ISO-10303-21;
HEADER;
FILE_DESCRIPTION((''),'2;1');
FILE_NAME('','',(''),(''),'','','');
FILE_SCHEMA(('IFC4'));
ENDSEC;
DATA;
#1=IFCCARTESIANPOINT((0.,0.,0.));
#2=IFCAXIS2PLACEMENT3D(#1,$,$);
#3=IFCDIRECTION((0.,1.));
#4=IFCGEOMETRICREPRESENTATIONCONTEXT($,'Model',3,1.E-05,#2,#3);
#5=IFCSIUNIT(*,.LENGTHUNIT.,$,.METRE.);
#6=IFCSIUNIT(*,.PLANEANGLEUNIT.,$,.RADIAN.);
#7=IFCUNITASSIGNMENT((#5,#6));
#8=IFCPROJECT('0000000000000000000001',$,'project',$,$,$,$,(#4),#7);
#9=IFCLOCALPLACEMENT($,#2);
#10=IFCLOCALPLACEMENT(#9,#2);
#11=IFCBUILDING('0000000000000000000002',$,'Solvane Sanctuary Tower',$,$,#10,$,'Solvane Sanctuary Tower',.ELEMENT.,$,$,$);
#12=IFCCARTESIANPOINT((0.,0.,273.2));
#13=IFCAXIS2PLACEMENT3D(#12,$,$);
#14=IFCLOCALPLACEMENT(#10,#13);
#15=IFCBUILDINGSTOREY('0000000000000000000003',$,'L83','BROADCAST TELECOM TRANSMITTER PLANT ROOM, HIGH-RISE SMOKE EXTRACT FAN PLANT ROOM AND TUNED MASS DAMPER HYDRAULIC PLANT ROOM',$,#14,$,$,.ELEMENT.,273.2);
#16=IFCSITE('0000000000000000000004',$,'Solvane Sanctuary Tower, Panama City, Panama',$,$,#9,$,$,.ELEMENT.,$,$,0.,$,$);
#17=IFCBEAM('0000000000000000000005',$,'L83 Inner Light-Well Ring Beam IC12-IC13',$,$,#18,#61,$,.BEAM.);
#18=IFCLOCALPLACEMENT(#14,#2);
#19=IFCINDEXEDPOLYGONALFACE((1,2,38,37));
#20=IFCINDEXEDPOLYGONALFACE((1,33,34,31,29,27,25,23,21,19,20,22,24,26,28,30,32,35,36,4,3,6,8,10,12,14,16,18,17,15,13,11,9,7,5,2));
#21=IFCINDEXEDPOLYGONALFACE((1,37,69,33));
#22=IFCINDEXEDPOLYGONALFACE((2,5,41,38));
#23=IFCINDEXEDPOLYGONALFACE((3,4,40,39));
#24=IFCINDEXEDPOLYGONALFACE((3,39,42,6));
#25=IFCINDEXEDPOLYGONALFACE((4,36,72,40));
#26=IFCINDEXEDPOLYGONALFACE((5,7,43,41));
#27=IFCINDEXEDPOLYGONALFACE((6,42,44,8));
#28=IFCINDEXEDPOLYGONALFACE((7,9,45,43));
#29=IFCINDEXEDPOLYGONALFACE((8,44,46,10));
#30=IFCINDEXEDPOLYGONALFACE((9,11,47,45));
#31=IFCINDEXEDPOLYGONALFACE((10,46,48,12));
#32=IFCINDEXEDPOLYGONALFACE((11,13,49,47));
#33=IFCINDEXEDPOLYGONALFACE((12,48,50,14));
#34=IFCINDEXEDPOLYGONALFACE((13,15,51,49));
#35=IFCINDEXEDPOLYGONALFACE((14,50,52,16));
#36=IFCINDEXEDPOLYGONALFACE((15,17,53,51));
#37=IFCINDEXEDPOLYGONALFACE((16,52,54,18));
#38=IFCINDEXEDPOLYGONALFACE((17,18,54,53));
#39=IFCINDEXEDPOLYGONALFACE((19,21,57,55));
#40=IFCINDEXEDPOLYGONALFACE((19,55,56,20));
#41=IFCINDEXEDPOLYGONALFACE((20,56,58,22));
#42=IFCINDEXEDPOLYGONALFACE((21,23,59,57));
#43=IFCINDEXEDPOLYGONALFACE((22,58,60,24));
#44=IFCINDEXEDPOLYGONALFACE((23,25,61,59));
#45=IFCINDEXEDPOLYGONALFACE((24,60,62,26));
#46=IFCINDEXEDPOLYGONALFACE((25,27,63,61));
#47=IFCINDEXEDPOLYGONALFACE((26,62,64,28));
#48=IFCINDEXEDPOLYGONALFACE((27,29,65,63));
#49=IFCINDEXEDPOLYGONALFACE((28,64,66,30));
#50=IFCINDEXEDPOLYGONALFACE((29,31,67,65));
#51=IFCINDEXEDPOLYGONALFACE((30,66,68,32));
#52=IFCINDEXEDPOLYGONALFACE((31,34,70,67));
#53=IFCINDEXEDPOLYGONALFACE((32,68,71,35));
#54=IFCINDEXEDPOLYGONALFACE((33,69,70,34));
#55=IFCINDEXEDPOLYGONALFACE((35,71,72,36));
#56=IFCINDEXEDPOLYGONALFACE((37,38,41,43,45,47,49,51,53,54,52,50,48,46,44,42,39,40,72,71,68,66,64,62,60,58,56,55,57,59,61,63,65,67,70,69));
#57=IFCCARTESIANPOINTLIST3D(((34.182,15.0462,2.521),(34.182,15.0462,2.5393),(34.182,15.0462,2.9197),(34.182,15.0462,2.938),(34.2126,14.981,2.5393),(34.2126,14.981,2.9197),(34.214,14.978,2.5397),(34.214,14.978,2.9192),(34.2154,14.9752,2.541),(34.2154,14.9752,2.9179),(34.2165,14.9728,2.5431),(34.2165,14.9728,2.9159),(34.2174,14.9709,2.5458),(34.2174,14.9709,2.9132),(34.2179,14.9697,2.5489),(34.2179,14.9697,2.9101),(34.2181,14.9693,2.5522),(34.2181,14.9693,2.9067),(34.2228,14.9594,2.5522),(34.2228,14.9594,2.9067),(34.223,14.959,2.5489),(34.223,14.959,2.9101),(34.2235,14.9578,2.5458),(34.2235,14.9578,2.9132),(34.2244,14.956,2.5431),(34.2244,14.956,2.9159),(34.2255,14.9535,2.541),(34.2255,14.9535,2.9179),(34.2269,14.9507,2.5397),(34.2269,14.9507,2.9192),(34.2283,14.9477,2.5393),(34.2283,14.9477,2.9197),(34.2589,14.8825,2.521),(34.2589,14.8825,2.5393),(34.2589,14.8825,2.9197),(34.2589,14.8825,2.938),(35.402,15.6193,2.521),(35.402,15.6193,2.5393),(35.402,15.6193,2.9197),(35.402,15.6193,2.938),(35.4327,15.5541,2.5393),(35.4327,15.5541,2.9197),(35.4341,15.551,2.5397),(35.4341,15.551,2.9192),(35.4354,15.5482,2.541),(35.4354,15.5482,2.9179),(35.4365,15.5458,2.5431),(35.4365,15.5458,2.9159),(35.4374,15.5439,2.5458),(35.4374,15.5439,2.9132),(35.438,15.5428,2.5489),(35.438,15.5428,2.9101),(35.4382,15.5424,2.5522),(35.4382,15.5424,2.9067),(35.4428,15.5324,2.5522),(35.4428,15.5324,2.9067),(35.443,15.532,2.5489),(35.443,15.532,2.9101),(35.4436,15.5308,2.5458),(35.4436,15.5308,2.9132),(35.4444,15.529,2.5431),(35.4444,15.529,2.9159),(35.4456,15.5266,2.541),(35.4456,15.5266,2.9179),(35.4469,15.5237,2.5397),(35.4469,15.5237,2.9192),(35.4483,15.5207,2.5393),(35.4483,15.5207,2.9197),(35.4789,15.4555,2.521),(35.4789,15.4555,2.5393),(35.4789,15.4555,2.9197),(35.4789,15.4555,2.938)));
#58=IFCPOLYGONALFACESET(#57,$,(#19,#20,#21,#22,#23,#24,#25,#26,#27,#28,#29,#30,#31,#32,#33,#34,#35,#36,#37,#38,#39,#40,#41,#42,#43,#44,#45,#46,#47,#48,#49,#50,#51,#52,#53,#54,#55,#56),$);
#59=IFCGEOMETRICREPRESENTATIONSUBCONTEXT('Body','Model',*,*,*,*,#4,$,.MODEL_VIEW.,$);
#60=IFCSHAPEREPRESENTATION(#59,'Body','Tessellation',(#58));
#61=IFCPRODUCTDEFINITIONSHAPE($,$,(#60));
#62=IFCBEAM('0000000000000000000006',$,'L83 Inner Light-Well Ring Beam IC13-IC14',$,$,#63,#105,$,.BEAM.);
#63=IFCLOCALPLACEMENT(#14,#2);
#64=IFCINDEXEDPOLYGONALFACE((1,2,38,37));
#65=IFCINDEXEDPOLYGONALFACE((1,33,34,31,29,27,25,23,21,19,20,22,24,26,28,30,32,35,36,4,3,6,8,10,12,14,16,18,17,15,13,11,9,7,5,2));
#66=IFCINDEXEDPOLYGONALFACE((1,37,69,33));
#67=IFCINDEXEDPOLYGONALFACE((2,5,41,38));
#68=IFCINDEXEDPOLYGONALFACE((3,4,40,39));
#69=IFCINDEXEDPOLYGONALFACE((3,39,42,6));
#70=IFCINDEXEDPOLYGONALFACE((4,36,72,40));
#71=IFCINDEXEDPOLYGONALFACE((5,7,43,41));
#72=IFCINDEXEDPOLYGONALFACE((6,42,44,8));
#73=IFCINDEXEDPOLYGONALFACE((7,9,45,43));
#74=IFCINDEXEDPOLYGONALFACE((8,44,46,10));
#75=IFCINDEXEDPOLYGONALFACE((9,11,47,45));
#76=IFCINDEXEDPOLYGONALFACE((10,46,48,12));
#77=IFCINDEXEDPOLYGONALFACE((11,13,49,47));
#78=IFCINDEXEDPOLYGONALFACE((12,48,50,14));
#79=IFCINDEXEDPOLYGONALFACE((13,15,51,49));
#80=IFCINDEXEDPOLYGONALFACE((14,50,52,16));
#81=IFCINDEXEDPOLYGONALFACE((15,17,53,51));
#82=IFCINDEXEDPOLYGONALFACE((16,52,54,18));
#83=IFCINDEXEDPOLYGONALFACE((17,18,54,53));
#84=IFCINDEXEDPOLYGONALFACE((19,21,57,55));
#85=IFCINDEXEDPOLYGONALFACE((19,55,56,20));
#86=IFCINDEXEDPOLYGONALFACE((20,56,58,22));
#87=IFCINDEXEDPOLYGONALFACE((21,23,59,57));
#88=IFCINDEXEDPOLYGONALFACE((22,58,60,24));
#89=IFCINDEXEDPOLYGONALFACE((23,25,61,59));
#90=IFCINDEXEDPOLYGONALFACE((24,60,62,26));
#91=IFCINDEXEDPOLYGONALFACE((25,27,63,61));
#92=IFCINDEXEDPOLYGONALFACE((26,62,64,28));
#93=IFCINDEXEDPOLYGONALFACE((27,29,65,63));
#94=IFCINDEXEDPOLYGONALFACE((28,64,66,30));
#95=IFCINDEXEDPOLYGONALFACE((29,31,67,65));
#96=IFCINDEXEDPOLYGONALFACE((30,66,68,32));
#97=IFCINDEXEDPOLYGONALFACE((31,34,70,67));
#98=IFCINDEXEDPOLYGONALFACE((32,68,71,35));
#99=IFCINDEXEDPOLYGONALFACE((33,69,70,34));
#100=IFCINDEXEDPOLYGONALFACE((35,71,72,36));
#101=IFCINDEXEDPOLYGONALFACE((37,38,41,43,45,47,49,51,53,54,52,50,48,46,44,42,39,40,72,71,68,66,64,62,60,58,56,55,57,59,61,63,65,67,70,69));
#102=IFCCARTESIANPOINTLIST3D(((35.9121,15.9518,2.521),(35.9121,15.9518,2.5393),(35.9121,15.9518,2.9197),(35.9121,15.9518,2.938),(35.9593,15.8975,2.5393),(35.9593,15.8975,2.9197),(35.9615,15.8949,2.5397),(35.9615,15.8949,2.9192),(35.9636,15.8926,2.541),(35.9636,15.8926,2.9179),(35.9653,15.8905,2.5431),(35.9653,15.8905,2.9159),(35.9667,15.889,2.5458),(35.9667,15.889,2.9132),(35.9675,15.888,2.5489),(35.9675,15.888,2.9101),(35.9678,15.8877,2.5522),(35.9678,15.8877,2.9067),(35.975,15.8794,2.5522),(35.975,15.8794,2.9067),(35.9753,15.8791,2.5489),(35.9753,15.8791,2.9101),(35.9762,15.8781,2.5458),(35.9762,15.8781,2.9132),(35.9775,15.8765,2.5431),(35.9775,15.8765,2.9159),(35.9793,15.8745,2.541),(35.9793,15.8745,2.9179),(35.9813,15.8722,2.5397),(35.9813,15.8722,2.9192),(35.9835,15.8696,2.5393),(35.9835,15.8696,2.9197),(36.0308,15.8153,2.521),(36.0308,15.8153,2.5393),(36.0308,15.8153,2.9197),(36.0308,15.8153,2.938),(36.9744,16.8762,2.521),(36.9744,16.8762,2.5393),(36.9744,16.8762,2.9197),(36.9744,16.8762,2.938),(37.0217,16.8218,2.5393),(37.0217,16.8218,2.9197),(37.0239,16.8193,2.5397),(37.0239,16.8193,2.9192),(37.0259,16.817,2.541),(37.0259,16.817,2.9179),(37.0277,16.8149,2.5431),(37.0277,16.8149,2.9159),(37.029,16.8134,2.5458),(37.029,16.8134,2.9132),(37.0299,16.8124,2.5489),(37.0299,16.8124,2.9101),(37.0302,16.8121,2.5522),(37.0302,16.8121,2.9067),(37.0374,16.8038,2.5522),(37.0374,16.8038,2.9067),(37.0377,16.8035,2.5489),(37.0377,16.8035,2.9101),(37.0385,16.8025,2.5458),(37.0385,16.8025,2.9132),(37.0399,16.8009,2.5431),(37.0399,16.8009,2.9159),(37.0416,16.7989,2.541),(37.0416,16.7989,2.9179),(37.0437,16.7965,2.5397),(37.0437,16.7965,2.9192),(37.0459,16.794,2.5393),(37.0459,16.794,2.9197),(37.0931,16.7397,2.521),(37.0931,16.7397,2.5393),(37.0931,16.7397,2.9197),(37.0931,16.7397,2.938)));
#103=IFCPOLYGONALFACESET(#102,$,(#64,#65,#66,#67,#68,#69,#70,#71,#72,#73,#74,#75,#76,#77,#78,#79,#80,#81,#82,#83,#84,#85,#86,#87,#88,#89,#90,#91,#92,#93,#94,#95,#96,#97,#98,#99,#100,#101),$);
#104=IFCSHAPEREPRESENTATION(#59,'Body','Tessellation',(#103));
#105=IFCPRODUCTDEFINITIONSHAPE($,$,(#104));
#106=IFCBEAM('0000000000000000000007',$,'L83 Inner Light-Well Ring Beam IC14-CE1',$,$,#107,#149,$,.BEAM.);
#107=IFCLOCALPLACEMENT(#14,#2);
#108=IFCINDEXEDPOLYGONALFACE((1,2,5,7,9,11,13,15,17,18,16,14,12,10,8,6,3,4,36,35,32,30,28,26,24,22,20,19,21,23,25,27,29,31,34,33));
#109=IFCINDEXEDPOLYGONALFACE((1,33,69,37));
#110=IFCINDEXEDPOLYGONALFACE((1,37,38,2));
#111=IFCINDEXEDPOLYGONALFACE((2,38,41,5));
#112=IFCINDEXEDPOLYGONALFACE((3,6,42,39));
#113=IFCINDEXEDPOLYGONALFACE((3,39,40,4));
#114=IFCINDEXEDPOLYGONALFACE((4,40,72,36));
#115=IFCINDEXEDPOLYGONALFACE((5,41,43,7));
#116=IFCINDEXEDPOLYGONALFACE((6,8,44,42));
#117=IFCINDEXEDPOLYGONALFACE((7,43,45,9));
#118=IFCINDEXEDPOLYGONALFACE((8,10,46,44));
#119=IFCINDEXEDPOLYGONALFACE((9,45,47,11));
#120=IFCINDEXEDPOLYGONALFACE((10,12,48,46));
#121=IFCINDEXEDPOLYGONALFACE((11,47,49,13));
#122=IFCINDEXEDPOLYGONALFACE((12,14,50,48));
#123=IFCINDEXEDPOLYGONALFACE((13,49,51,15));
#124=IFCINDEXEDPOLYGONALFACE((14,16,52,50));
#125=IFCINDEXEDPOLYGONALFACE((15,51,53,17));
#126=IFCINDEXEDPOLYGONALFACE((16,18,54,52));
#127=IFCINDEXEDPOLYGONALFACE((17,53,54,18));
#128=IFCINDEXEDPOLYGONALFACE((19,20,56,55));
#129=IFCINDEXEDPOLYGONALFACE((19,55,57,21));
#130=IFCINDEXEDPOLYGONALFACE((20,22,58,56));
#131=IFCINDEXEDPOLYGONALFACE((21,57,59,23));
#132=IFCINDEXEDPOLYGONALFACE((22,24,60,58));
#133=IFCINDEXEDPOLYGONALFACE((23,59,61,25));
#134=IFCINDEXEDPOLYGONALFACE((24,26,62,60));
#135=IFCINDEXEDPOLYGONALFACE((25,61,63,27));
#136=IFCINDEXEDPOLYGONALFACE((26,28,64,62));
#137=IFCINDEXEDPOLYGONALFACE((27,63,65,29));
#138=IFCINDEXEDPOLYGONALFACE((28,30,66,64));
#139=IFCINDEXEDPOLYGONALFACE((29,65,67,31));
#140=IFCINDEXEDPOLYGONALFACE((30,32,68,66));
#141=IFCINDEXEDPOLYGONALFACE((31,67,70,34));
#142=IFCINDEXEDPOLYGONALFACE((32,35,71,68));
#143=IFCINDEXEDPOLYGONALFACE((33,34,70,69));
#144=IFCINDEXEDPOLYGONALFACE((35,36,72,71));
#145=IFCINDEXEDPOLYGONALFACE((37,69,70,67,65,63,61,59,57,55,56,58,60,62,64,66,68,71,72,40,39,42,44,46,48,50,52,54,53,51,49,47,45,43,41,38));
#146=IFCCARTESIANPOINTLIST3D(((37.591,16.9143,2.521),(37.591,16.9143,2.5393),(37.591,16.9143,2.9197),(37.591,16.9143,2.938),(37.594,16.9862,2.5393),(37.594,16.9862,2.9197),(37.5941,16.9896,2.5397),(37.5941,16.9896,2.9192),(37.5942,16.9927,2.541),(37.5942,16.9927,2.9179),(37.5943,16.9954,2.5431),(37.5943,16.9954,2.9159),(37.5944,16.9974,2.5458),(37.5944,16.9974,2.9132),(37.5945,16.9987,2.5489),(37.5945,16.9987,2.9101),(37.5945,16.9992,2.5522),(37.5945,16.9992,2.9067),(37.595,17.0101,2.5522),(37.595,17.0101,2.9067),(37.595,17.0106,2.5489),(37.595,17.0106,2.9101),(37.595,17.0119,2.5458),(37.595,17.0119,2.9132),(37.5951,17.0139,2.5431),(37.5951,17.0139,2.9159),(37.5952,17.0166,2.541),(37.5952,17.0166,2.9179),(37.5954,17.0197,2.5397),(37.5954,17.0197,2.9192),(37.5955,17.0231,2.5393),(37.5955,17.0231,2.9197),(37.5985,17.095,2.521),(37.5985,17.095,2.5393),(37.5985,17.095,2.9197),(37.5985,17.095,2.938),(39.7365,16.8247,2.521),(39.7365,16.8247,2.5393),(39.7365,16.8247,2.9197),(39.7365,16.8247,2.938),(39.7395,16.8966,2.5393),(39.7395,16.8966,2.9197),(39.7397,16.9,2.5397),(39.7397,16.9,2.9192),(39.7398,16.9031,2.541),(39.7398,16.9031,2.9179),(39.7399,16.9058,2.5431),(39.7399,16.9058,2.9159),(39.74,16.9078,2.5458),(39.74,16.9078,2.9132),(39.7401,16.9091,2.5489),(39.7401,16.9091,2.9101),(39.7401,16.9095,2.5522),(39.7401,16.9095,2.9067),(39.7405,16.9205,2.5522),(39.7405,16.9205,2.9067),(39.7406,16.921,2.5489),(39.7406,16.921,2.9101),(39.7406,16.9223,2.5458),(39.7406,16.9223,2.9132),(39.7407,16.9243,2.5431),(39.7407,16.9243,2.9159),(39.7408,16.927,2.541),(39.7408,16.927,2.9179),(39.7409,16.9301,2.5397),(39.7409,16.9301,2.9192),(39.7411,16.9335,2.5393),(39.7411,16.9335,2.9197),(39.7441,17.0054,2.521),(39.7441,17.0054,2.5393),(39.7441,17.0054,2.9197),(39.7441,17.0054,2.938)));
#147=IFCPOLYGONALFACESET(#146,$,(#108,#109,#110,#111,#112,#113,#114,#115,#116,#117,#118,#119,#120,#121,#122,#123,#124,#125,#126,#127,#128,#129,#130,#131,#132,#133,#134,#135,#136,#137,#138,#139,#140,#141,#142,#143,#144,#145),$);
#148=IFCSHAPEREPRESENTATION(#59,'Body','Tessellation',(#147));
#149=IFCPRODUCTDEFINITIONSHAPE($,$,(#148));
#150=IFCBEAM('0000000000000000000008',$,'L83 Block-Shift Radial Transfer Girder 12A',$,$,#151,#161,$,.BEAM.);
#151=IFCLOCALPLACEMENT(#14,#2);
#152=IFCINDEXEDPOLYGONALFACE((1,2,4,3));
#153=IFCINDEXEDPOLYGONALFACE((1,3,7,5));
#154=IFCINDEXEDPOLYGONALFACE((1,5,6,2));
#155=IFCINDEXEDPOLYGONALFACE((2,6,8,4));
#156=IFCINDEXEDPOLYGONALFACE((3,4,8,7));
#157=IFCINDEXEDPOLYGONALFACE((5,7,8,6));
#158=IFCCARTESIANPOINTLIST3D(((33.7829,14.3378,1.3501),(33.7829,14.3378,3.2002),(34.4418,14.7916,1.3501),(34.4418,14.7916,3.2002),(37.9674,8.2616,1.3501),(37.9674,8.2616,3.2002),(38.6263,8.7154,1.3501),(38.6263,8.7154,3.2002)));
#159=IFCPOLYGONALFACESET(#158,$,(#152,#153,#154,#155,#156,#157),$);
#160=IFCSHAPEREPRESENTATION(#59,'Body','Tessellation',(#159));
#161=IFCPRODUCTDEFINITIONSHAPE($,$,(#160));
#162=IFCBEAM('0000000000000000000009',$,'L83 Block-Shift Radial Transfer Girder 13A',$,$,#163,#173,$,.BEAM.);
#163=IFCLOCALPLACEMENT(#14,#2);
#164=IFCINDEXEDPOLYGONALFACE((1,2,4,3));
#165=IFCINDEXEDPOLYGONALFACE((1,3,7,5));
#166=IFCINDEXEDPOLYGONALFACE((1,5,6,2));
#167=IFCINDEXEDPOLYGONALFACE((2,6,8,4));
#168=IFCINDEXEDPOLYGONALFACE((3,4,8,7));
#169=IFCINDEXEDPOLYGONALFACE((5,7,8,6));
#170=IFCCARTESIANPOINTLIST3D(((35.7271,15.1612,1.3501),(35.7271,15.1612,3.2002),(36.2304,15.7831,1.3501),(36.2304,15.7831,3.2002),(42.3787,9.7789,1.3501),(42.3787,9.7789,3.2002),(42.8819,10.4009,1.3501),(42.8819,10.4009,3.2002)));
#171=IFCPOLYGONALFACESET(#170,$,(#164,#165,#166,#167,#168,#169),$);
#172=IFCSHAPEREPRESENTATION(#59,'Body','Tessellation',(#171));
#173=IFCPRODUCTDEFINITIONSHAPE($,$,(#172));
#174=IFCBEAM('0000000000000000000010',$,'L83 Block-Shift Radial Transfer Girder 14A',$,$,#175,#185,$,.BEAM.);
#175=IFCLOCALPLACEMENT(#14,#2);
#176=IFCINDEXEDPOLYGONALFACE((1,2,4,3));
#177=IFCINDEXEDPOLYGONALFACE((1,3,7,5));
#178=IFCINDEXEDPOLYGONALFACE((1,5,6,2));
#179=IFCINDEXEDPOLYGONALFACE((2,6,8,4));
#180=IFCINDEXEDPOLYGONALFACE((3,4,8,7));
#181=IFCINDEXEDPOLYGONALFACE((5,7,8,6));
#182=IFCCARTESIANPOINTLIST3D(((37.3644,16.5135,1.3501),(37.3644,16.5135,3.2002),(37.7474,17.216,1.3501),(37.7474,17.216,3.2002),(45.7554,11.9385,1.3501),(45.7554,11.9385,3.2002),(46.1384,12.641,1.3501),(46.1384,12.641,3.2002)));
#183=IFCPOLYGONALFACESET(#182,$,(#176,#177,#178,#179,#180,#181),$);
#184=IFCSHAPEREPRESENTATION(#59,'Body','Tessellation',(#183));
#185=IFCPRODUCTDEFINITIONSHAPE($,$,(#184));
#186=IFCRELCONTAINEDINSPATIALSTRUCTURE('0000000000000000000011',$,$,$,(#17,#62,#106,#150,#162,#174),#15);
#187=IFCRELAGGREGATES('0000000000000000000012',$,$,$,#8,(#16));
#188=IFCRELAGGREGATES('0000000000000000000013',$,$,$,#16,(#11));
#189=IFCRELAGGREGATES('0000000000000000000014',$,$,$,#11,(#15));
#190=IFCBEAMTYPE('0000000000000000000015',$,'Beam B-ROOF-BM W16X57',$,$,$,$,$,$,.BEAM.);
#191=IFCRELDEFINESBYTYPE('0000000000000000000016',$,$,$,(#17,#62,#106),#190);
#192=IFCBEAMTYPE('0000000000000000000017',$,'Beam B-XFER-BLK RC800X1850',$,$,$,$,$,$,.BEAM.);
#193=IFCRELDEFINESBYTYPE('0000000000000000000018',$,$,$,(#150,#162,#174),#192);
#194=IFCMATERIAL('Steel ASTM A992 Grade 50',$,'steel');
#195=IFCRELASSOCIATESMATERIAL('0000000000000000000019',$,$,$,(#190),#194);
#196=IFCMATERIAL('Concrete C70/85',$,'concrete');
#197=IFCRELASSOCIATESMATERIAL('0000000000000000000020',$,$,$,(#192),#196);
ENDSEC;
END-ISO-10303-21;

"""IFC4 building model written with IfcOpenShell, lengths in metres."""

from ifc_helpers import new_model, si_unit, direction, frame, origin, origin_2d, place, context, subcontext, project, spatial, rectangle, i_section, extrude, material, material_profile, profile_set, type_object, element, save


model = new_model("IFC4")

# Units and contexts
model_context = context("Model", 3, precision=1e-05, world=origin(), true_north=direction((0.0, 1.0)))
body_context = subcontext(model_context, "Body", "Model", "MODEL_VIEW")
ifc_project = project(units=[si_unit("LENGTHUNIT", "METRE"), si_unit("PLANEANGLEUNIT", "RADIAN")], contexts=[model_context])

# Site, building, storey
site_placement = place(None, origin())
site = spatial("IfcSite", under=ifc_project, at=site_placement, Name="Solvane Sanctuary Tower, Panama City, Panama", CompositionType="ELEMENT", RefElevation=0.0)
building_placement = place(site_placement, origin())
building = spatial("IfcBuilding", under=site, at=building_placement, Name="Solvane Sanctuary Tower", LongName="Solvane Sanctuary Tower", CompositionType="ELEMENT")
storey_placement = place(building_placement, frame((0.0, 0.0, 273.2)))
storey = spatial("IfcBuildingStorey", under=building, at=storey_placement, Name="L83", Description="BROADCAST TELECOM TRANSMITTER PLANT ROOM, HIGH-RISE SMOKE EXTRACT FAN PLANT ROOM AND TUNED MASS DAMPER HYDRAULIC PLANT ROOM", CompositionType="ELEMENT", Elevation=273.2)

# Beams
ifc_material_1 = material(Name="Steel ASTM A992 Grade 50", Category="steel")
ifc_material_profile_1 = material_profile(ifc_material_1, i_section(OverallWidth=0.1809, OverallDepth=0.417, WebThickness=0.011, FlangeThickness=0.0183, FilletRadius=0.0129, at=origin_2d()), Name="W16X57")
ifc_profile_set_1 = profile_set([ifc_material_profile_1], Name="Steel ASTM A992 Grade 50")
beam_type_1 = type_object("IfcBeamType", Name="Beam B-ROOF-BM W16X57", PredefinedType="BEAM", material=ifc_profile_set_1)
beam_1_placement = place(storey_placement, frame((34.2205, 14.9644, 2.7295), z_axis=(0.905135, 0.425125, 0.0), x_axis=(-0.425125, 0.905135, 0.0)))
element("IfcBeam", 1, at=beam_1_placement, inside=storey, type_object=beam_type_1, Name="L83 Inner Light-Well Ring Beam IC12-IC13", PredefinedType="BEAM", context=body_context, shape_type="SweptSolid", body=[
    extrude(i_section(OverallWidth=0.1809, OverallDepth=0.417, WebThickness=0.011, FlangeThickness=0.0183, FilletRadius=0.0129, at=origin_2d()), origin(), (0.0, 0.0, 1.0), 1.3479),
])
beam_2_placement = place(storey_placement, frame((35.9714, 15.8835, 2.7295), z_axis=(0.754389, 0.656428, 0.0), x_axis=(-0.656428, 0.754389, 0.0)))
element("IfcBeam", 2, at=beam_2_placement, inside=storey, type_object=beam_type_1, Name="L83 Inner Light-Well Ring Beam IC13-IC14", PredefinedType="BEAM", context=body_context, shape_type="SweptSolid", body=[
    extrude(i_section(OverallWidth=0.1809, OverallDepth=0.417, WebThickness=0.011, FlangeThickness=0.0183, FilletRadius=0.0129, at=origin_2d()), origin(), (0.0, 0.0, 1.0), 1.4082),
])
beam_3_placement = place(storey_placement, frame((37.5947, 17.0046, 2.7295), z_axis=(0.999129, -0.041725, 0.0), x_axis=(0.041725, 0.999129, 0.0)))
element("IfcBeam", 3, at=beam_3_placement, inside=storey, type_object=beam_type_1, Name="L83 Inner Light-Well Ring Beam IC14-CE1", PredefinedType="BEAM", context=body_context, shape_type="SweptSolid", body=[
    extrude(i_section(OverallWidth=0.1809, OverallDepth=0.417, WebThickness=0.011, FlangeThickness=0.0183, FilletRadius=0.0129, at=origin_2d()), origin(), (0.0, 0.0, 1.0), 2.1475),
])
ifc_material_2 = material(Name="Concrete C70/85", Category="concrete")
ifc_material_profile_2 = material_profile(ifc_material_2, rectangle(XDim=0.8, YDim=1.8501, at=origin_2d()), Name="RC800X1850")
ifc_profile_set_2 = profile_set([ifc_material_profile_2], Name="Concrete C70/85")
beam_type_2 = type_object("IfcBeamType", Name="Beam B-XFER-BLK RC800X1850", PredefinedType="BEAM", material=ifc_profile_set_2)
beam_4_placement = place(storey_placement, frame((34.1123, 14.5647, 2.2751), z_axis=(0.567192, -0.823586, 0.0), x_axis=(0.823586, 0.567192, 0.0)))
element("IfcBeam", 4, at=beam_4_placement, inside=storey, type_object=beam_type_2, Name="L83 Block-Shift Radial Transfer Girder 12A", PredefinedType="BEAM", context=body_context, shape_type="SweptSolid", body=[
    extrude(rectangle(XDim=0.8, YDim=1.8501, at=origin_2d()), origin(), (0.0, 0.0, 1.0), 7.3777),
])
beam_5_placement = place(storey_placement, frame((35.9788, 15.4722, 2.2751), z_axis=(0.777377, -0.629035, 0.0), x_axis=(0.629035, 0.777377, 0.0)))
element("IfcBeam", 5, at=beam_5_placement, inside=storey, type_object=beam_type_2, Name="L83 Block-Shift Radial Transfer Girder 13A", PredefinedType="BEAM", context=body_context, shape_type="SweptSolid", body=[
    extrude(rectangle(XDim=0.8, YDim=1.8501, at=origin_2d()), origin(), (0.0, 0.0, 1.0), 8.5564),
])
beam_6_placement = place(storey_placement, frame((37.5559, 16.8647, 2.2751), z_axis=(0.877979, -0.4787, 0.0), x_axis=(0.4787, 0.877979, 0.0)))
element("IfcBeam", 6, at=beam_6_placement, inside=storey, type_object=beam_type_2, Name="L83 Block-Shift Radial Transfer Girder 14A", PredefinedType="BEAM", context=body_context, shape_type="SweptSolid", body=[
    extrude(rectangle(XDim=0.8, YDim=1.8501, at=origin_2d()), origin(), (0.0, 0.0, 1.0), 9.5571),
])

save(model, "model.ifc")
